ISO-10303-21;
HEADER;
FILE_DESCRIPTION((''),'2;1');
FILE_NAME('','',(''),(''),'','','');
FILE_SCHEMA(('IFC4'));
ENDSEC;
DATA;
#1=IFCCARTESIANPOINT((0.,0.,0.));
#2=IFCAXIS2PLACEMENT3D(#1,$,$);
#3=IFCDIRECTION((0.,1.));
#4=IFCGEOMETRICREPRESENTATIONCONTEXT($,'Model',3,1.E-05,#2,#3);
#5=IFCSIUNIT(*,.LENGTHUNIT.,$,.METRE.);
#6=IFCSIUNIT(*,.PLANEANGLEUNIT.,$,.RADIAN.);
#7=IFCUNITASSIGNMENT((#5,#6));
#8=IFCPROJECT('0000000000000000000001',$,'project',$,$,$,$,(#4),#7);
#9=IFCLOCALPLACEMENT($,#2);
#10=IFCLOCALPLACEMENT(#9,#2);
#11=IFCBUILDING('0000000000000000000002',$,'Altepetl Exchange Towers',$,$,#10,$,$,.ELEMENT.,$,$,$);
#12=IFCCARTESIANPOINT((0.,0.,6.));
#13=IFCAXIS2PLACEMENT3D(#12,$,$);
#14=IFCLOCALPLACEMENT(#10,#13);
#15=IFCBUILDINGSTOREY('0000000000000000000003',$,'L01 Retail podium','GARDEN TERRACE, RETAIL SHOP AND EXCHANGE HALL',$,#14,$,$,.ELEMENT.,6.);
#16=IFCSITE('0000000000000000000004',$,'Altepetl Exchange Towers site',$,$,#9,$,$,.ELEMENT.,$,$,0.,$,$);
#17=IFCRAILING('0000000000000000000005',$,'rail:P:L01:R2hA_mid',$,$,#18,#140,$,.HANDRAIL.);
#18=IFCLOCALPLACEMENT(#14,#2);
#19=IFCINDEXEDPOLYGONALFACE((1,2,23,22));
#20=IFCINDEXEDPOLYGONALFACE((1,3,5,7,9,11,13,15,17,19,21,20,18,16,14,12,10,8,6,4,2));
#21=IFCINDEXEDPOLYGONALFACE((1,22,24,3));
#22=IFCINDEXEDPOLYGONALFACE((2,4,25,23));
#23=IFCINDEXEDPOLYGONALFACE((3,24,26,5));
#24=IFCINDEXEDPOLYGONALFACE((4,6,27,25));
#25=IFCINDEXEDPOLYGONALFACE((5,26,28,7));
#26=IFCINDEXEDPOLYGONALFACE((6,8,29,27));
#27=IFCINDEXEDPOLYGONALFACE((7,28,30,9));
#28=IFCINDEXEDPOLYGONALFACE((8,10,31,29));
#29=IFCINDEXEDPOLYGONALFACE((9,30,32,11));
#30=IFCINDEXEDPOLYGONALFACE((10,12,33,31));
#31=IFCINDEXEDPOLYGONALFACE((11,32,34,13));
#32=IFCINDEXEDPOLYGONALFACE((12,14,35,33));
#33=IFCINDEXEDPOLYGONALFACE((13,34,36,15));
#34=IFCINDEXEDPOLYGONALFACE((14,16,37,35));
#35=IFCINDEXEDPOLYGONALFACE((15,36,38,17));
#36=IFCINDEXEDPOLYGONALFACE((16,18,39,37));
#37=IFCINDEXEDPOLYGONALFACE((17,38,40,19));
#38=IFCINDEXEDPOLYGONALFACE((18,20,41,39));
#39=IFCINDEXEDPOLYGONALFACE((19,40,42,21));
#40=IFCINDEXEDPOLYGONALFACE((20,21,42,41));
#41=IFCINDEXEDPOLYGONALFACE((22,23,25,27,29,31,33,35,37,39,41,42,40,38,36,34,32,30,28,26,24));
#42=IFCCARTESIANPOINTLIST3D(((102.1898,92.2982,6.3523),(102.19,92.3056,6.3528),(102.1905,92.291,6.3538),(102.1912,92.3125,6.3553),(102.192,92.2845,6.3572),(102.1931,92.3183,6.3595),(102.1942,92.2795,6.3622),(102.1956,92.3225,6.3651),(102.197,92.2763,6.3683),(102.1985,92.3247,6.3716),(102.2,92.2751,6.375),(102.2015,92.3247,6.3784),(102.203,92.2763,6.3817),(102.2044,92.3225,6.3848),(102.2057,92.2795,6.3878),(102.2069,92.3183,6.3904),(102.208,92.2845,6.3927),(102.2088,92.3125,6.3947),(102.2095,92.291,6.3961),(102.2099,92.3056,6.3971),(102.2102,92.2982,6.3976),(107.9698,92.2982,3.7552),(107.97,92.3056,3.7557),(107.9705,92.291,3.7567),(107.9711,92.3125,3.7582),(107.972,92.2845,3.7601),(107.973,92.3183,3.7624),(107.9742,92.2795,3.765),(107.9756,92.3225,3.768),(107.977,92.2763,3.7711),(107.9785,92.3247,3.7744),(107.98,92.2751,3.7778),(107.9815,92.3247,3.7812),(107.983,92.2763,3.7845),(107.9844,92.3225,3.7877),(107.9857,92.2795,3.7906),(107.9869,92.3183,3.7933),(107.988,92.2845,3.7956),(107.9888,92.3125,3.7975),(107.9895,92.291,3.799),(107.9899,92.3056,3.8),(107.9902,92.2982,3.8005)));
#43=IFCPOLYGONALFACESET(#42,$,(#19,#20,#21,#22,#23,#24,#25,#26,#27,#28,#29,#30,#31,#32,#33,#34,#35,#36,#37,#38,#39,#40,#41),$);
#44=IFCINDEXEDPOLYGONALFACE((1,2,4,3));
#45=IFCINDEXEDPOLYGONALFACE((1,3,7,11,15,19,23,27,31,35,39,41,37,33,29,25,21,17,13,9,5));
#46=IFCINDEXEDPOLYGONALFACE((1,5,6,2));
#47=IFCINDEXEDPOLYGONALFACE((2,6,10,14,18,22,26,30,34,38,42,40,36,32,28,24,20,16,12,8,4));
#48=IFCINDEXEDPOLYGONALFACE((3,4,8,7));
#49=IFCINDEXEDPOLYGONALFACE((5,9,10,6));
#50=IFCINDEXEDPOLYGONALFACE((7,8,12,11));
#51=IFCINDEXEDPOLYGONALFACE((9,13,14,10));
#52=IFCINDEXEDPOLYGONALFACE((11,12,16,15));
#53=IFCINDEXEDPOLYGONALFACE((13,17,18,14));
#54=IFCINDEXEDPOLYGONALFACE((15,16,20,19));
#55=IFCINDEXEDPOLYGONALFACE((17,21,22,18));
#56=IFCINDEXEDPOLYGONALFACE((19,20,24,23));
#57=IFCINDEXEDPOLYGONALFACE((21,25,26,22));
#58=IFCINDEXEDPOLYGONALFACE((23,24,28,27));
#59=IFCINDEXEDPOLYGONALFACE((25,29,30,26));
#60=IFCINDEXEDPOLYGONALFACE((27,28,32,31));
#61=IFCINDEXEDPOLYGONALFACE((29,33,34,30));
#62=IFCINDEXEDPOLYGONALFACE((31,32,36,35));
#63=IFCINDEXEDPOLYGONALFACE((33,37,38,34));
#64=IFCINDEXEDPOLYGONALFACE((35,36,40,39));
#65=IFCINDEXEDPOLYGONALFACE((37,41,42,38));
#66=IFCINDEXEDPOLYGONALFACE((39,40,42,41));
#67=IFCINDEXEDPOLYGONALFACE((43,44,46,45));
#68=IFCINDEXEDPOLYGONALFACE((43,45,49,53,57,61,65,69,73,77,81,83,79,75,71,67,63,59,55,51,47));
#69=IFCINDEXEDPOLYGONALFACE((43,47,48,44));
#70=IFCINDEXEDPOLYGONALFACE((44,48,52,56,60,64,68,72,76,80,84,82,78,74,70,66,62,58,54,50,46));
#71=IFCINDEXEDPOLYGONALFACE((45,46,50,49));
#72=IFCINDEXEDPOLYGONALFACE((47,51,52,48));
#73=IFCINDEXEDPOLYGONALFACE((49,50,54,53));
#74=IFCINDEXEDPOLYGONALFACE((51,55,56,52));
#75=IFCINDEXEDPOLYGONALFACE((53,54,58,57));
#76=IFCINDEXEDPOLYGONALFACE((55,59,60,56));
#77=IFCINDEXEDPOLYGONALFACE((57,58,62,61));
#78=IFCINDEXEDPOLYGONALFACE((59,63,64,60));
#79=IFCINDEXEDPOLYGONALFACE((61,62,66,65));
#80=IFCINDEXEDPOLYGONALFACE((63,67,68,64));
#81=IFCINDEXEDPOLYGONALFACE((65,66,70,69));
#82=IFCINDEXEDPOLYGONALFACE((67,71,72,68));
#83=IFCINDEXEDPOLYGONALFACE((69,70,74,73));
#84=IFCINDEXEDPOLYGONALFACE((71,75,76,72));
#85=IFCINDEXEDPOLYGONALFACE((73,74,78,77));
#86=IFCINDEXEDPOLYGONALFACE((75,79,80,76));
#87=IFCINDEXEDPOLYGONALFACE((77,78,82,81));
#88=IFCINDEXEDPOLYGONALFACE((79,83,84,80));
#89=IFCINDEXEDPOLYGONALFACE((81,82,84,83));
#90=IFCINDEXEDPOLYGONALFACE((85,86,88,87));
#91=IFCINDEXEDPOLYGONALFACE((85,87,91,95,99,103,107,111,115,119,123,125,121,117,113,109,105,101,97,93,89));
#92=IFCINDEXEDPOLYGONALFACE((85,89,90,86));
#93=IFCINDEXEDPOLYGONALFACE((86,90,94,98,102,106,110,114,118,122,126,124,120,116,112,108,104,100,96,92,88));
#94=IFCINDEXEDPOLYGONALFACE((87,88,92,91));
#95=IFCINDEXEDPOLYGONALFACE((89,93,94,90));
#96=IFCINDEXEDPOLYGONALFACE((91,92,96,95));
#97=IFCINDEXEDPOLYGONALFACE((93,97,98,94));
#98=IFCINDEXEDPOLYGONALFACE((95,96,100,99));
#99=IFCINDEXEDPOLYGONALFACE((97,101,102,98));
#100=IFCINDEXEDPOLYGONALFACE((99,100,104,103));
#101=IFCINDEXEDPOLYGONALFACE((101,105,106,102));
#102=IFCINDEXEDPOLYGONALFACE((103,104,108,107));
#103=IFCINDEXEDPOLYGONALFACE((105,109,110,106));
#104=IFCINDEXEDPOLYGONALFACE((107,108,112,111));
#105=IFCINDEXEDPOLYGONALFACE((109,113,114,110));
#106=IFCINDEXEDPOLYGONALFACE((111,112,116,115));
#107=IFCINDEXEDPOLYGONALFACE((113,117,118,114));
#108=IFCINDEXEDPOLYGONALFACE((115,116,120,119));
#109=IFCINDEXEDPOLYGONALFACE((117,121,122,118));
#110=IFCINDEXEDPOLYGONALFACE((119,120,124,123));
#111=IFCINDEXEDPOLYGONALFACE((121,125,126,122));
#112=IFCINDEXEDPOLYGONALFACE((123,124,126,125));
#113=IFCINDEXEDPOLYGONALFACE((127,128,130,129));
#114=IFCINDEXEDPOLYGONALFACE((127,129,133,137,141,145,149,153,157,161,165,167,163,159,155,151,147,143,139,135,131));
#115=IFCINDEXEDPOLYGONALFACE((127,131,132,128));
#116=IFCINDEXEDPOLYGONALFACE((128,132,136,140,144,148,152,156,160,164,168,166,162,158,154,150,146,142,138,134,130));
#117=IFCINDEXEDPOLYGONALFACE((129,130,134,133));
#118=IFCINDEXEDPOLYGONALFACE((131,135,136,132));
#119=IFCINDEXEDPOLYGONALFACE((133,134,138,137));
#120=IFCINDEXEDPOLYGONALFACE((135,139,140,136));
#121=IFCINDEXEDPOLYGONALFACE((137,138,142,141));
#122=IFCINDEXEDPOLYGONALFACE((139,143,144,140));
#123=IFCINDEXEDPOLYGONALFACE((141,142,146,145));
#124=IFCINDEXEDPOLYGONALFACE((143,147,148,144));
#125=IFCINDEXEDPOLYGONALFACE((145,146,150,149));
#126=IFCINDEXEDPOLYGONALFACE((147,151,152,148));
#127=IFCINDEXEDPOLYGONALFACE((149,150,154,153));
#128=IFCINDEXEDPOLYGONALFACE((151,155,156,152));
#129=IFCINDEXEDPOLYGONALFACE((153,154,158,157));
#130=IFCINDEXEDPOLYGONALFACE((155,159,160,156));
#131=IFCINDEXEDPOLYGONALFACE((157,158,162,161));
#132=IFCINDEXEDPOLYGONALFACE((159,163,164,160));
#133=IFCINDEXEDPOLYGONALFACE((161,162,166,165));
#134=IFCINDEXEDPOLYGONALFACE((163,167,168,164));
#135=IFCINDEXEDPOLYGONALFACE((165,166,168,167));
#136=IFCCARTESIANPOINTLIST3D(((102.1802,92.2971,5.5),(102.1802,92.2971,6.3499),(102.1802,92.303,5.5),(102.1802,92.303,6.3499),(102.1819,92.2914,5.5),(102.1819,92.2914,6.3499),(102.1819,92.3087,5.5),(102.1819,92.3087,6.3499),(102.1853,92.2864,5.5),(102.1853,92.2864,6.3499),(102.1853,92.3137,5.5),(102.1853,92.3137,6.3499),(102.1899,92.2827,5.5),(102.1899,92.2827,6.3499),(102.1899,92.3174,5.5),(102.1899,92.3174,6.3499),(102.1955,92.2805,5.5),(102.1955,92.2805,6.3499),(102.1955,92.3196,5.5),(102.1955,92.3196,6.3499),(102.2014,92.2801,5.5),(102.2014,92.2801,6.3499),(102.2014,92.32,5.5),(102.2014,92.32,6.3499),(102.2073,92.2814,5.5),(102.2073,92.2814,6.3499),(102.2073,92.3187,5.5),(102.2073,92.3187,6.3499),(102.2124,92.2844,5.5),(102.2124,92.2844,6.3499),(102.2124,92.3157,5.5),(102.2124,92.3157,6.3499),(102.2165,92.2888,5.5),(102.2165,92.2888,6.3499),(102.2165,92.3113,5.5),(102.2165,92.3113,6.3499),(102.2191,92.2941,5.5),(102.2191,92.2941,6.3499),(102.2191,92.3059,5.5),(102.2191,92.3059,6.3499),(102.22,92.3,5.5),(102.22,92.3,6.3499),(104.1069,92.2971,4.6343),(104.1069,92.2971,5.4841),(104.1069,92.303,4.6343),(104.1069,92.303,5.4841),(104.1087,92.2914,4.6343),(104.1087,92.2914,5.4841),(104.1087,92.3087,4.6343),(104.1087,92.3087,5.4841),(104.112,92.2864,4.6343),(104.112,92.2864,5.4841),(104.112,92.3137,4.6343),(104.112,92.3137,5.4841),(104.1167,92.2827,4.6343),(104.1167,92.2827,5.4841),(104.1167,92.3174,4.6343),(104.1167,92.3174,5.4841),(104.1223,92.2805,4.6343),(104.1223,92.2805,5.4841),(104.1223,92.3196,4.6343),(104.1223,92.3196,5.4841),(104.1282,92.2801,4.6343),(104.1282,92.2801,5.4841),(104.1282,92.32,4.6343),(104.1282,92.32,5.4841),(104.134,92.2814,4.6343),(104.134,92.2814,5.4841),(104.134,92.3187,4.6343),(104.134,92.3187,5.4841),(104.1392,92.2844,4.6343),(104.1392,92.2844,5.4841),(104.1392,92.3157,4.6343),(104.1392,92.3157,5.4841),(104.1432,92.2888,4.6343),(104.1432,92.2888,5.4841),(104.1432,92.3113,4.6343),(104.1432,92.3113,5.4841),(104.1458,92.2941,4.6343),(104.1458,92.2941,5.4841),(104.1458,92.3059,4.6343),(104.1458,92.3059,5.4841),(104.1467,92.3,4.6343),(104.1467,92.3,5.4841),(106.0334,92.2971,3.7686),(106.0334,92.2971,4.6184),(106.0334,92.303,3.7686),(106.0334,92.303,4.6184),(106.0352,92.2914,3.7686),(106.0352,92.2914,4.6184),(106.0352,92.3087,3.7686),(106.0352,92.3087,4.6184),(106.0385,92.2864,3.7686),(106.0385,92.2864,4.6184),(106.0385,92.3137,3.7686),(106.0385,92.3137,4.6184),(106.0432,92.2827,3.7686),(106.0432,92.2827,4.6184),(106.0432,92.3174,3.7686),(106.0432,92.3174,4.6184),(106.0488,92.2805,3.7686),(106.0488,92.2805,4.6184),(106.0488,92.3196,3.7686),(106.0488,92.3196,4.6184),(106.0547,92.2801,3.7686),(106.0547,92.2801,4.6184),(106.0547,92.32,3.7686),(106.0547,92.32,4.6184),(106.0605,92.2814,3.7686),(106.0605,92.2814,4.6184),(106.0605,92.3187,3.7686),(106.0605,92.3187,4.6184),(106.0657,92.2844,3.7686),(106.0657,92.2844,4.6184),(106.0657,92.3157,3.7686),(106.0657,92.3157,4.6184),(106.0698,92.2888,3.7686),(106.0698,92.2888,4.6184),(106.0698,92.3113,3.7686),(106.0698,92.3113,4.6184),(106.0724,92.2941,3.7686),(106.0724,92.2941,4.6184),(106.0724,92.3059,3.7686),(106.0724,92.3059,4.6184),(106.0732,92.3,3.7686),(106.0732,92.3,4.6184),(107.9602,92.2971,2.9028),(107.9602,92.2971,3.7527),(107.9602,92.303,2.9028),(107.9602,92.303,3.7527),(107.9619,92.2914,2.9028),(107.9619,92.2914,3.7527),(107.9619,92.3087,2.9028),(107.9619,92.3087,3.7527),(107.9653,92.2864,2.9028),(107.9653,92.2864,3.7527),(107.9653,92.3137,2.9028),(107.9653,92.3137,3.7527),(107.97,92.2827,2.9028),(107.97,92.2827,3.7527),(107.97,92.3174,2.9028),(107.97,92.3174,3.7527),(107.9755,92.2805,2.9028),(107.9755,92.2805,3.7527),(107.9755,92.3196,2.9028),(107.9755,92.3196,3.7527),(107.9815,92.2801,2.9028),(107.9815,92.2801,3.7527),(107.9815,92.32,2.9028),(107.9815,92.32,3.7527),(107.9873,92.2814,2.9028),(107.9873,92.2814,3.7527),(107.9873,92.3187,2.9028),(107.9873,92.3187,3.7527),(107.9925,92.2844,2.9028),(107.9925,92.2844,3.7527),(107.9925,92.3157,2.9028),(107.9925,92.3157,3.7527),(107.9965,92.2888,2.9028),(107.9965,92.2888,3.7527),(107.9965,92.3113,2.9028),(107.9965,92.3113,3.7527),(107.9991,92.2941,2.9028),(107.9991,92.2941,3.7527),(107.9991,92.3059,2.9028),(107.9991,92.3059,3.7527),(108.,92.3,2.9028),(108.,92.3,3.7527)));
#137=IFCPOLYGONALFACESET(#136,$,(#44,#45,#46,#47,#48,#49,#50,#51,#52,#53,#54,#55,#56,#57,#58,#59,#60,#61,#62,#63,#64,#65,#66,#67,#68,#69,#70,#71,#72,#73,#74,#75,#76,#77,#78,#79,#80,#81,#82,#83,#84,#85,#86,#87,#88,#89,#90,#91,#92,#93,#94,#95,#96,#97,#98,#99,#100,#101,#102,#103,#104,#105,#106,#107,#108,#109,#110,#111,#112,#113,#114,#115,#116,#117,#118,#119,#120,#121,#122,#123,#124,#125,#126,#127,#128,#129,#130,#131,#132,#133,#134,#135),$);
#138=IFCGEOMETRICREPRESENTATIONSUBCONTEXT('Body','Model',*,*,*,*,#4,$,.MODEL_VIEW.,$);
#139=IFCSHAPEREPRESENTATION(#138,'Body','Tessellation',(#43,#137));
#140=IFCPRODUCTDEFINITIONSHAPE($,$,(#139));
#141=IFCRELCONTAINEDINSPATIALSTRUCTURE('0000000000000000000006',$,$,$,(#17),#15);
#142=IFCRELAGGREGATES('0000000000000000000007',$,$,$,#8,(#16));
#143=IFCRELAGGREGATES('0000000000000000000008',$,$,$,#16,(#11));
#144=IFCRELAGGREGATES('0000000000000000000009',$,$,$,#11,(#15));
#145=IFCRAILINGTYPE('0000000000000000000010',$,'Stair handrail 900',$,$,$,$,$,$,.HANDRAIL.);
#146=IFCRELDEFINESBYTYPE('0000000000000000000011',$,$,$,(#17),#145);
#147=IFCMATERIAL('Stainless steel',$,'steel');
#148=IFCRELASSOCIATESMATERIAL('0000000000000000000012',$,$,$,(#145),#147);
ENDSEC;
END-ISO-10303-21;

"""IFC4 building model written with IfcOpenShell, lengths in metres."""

from ifc_helpers import new_model, si_unit, direction, frame, origin, origin_2d, place, context, subcontext, project, spatial, circle, extrude, source, transform, mapped, material, type_object, element, save


model = new_model("IFC4")

# Units and contexts
model_context = context("Model", 3, precision=1e-05, world=origin(), true_north=direction((0.0, 1.0)))
body_context = subcontext(model_context, "Body", "Model", "MODEL_VIEW")
ifc_project = project(units=[si_unit("LENGTHUNIT", "METRE"), si_unit("PLANEANGLEUNIT", "RADIAN")], contexts=[model_context])

# Site, building, storey
site_placement = place(None, origin())
site = spatial("IfcSite", under=ifc_project, at=site_placement, Name="Altepetl Exchange Towers site", CompositionType="ELEMENT", RefElevation=0.0)
building_placement = place(site_placement, origin())
building = spatial("IfcBuilding", under=site, at=building_placement, Name="Altepetl Exchange Towers", CompositionType="ELEMENT")
storey_placement = place(building_placement, frame((0.0, 0.0, 6.0)))
storey = spatial("IfcBuildingStorey", under=building, at=storey_placement, Name="L01 Retail podium", Description="GARDEN TERRACE, RETAIL SHOP AND EXCHANGE HALL", CompositionType="ELEMENT", Elevation=6.0)

# Railing
ifc_material_1 = material(Name="Stainless steel", Category="steel")
railing_type_1 = type_object("IfcRailingType", Name="Stair handrail 900", PredefinedType="HANDRAIL", material=ifc_material_1)
shared_shape_1 = source(origin(), body_context, "Body", "SweptSolid", [
    extrude(circle(Radius=0.02, at=origin_2d()), origin(), (0.0, 0.0, 1.0), 0.8499),
])
for number, where, name in (
    (1, (107.98, 92.3, 2.9028), "rail:P:L01:R2hA_mid"),
):
    element("IfcRailing", number, at=place(storey_placement, frame(where)), inside=storey, type_object=railing_type_1, Name=name, PredefinedType="HANDRAIL", context=body_context, shape_type="SweptSolid", body=[
        extrude(circle(Radius=0.0249, at=origin_2d()), frame((0.0, 0.0, 0.875), z_axis=(-0.912148, 0.0, 0.40986), x_axis=(0.0, -1.0, 0.0)), (0.0, 0.0, 1.0), 6.3367),
        mapped(shared_shape_1, transform((0.0, 0.0, 0.0))),
        mapped(shared_shape_1, transform((-1.9268, 0.0, 0.8657))),
        mapped(shared_shape_1, transform((-3.8533, 0.0, 1.7314))),
        mapped(shared_shape_1, transform((-5.78, 0.0, 2.5972))),
    ])

save(model, "model.ifc")
